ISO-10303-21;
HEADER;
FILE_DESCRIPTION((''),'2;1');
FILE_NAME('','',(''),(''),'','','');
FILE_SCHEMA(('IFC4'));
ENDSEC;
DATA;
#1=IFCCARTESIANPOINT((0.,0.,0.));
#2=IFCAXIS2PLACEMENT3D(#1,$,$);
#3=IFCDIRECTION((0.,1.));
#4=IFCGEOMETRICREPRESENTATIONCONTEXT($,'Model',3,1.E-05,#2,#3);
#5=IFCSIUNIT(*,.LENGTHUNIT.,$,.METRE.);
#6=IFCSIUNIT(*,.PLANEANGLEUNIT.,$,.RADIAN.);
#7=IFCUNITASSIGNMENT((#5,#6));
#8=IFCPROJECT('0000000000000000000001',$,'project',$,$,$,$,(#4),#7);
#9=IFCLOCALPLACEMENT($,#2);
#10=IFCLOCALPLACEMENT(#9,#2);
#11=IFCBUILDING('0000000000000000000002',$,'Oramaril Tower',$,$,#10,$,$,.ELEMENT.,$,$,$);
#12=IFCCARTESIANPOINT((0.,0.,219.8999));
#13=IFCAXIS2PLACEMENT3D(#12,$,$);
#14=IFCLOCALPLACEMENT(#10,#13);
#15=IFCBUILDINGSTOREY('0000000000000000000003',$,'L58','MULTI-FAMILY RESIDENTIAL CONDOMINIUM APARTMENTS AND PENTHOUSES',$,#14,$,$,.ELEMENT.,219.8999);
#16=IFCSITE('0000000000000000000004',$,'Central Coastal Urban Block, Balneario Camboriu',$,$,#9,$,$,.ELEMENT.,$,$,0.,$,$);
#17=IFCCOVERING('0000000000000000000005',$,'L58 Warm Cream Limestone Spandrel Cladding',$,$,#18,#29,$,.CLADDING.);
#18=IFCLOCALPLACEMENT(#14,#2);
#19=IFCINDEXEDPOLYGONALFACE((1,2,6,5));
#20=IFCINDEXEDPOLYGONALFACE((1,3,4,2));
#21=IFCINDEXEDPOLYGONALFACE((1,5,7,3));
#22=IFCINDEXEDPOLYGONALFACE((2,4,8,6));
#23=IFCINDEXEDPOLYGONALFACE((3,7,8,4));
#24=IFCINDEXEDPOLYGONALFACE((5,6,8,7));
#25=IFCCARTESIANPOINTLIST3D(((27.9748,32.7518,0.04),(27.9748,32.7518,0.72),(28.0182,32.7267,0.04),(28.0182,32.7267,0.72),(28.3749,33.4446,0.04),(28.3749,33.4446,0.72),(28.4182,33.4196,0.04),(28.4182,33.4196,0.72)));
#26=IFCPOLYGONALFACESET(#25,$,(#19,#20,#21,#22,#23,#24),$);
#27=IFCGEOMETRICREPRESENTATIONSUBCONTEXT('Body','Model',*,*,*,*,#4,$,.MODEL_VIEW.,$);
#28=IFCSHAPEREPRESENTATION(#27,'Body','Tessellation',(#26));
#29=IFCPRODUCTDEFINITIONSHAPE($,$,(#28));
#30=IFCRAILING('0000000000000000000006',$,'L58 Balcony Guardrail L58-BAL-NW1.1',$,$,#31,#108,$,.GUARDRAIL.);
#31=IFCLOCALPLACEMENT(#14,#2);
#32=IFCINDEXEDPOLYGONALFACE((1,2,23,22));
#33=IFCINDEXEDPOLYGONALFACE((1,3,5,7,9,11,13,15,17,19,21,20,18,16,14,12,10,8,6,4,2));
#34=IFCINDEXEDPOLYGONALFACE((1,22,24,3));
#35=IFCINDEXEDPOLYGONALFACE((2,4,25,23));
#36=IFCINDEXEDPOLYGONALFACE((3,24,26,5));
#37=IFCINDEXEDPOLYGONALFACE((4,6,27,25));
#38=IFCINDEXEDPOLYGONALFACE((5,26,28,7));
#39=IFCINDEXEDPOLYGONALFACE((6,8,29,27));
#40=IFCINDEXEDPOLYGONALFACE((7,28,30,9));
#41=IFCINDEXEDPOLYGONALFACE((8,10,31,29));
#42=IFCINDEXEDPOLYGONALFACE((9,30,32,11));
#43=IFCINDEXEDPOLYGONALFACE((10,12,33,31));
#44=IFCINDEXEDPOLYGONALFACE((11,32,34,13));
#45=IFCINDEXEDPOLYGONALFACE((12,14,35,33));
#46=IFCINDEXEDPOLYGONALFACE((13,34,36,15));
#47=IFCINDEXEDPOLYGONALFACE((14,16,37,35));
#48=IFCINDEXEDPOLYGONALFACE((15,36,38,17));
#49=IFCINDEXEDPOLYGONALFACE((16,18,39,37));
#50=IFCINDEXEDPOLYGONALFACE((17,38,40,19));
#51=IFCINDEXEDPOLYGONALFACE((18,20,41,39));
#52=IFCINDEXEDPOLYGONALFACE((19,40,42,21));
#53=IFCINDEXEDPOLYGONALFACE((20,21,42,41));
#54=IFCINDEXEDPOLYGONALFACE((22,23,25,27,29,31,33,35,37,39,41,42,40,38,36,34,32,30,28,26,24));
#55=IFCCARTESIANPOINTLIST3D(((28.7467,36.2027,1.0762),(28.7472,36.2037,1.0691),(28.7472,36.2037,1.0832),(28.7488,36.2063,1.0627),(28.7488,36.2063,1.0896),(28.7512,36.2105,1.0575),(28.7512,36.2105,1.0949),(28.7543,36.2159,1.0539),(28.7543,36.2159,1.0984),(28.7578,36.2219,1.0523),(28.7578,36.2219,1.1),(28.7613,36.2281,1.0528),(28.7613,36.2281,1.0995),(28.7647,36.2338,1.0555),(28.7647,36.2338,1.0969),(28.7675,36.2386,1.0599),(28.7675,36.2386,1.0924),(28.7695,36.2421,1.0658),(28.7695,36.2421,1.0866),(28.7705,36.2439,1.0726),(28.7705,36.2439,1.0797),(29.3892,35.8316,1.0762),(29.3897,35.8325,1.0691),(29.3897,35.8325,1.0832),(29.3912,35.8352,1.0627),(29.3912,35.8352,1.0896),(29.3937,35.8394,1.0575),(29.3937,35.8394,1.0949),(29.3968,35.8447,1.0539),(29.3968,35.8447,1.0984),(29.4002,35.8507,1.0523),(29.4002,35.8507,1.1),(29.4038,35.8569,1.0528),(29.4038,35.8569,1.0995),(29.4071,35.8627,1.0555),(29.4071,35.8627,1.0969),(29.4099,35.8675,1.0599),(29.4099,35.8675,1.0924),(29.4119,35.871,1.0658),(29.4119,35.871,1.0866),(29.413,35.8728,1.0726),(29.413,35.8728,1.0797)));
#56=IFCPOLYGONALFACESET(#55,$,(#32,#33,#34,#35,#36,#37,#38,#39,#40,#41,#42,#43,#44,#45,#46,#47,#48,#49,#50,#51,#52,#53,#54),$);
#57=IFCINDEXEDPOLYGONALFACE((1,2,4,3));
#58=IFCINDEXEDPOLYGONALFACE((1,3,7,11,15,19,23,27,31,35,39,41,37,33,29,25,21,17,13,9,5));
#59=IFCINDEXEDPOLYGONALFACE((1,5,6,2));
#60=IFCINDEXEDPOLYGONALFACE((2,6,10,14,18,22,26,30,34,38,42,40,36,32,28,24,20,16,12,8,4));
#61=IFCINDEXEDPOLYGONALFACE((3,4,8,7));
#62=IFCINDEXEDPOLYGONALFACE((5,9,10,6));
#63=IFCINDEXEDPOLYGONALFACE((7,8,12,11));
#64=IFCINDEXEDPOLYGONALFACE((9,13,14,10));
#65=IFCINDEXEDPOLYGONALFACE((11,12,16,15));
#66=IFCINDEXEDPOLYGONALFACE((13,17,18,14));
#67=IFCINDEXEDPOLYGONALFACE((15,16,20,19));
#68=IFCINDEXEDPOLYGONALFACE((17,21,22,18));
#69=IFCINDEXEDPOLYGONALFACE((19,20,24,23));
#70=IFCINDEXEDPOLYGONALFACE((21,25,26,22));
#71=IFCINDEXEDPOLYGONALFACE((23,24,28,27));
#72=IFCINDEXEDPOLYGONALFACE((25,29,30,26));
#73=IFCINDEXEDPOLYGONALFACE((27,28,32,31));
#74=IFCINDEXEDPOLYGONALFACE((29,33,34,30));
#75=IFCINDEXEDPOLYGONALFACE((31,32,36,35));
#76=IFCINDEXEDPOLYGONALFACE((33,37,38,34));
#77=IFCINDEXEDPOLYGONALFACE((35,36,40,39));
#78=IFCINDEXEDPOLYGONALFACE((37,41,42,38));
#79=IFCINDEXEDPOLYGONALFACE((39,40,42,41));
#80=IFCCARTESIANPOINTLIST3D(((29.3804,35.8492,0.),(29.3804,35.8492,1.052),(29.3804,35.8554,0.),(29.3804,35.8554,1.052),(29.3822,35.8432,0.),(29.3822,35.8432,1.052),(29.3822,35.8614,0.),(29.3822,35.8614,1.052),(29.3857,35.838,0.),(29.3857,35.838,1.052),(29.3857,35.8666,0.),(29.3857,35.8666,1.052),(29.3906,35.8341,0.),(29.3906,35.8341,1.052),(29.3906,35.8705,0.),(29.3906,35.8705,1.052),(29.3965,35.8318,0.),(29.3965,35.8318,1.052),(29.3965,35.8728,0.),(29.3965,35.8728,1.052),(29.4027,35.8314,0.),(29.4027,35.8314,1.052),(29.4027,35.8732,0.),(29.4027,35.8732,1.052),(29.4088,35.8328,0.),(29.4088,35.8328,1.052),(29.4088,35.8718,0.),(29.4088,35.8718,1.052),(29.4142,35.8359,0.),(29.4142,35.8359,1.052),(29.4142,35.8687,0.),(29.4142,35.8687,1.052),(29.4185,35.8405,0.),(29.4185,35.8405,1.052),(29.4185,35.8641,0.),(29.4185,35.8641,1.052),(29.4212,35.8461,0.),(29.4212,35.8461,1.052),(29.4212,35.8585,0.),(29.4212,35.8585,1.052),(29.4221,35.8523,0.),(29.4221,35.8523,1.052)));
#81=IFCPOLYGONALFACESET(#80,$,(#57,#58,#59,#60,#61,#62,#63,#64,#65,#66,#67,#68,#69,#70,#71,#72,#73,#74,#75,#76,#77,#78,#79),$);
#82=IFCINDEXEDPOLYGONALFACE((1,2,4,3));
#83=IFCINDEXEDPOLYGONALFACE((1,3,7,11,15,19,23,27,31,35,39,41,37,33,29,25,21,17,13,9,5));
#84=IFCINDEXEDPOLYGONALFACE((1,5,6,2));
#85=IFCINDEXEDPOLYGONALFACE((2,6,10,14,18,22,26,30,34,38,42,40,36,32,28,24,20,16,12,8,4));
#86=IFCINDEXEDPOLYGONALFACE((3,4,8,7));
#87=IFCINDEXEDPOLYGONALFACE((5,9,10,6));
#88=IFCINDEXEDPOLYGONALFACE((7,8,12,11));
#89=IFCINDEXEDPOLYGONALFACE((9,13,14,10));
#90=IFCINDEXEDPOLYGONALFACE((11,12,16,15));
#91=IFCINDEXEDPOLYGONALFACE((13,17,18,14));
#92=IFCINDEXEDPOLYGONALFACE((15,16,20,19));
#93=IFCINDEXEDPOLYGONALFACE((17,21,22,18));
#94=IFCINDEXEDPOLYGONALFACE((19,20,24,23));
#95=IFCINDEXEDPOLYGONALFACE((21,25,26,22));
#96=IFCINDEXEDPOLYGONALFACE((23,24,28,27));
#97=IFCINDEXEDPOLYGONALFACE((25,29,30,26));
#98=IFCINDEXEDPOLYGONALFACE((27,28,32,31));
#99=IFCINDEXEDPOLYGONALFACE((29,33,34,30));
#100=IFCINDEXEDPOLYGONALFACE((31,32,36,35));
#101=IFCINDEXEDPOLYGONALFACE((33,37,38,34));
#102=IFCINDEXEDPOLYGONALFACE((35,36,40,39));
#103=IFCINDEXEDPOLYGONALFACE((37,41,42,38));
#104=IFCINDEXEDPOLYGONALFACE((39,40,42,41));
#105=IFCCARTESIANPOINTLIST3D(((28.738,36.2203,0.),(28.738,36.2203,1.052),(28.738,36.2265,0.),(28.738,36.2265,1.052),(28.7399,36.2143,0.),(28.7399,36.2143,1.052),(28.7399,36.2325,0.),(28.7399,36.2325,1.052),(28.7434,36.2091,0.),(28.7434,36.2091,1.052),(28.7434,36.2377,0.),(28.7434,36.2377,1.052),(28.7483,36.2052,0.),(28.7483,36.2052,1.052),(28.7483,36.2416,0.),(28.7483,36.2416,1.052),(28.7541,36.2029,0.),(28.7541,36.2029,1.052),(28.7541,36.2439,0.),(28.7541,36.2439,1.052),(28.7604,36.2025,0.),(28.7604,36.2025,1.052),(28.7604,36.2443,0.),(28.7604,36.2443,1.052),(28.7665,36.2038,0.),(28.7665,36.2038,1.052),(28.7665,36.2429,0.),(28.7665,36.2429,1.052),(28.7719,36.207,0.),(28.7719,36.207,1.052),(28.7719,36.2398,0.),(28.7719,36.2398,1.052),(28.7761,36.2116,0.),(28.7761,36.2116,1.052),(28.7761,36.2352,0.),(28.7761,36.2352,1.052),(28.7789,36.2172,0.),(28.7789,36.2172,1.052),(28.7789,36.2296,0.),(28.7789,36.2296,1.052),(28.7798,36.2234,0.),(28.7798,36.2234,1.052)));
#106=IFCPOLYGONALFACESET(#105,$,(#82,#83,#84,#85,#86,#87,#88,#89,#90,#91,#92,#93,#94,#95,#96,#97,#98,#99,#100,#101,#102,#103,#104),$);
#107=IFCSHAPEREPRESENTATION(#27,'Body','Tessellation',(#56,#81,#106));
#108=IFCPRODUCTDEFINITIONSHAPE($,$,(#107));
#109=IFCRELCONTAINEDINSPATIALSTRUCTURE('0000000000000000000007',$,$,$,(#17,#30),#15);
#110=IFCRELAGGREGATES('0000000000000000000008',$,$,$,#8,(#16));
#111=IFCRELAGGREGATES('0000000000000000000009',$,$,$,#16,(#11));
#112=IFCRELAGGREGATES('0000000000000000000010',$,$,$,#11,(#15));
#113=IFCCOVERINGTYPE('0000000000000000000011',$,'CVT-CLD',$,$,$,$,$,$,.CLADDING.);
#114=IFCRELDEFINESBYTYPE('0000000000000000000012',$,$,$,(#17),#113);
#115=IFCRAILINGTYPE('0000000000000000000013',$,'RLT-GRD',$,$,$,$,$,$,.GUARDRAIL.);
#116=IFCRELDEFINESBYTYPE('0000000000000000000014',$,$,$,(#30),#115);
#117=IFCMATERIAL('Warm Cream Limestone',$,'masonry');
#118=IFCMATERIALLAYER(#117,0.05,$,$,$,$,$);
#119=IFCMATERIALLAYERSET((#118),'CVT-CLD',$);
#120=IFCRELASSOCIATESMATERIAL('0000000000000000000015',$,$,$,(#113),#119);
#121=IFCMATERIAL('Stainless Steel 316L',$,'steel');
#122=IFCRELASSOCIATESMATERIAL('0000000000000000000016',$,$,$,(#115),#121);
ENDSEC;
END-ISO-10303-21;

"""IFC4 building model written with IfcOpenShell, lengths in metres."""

from ifc_helpers import new_model, si_unit, direction, frame, origin, origin_2d, place, context, subcontext, project, spatial, rectangle, circle, extrude, material, layer, layer_set, type_object, element, save


model = new_model("IFC4")

# Units and contexts
model_context = context("Model", 3, precision=1e-05, world=origin(), true_north=direction((0.0, 1.0)))
body_context = subcontext(model_context, "Body", "Model", "MODEL_VIEW")
ifc_project = project(units=[si_unit("LENGTHUNIT", "METRE"), si_unit("PLANEANGLEUNIT", "RADIAN")], contexts=[model_context])

# Site, building, storey
site_placement = place(None, origin())
site = spatial("IfcSite", under=ifc_project, at=site_placement, Name="Central Coastal Urban Block, Balneario Camboriu", CompositionType="ELEMENT", RefElevation=0.0)
building_placement = place(site_placement, origin())
building = spatial("IfcBuilding", under=site, at=building_placement, Name="Oramaril Tower", CompositionType="ELEMENT")
storey_placement = place(building_placement, frame((0.0, 0.0, 219.8999)))
storey = spatial("IfcBuildingStorey", under=building, at=storey_placement, Name="L58", Description="MULTI-FAMILY RESIDENTIAL CONDOMINIUM APARTMENTS AND PENTHOUSES", CompositionType="ELEMENT", Elevation=219.8999)

# Covering
ifc_material_1 = material(Name="Warm Cream Limestone", Category="masonry")
ifc_layer_1 = layer(ifc_material_1, 0.05)
ifc_layer_set_1 = layer_set([ifc_layer_1], Name="CVT-CLD")
covering_type = type_object("IfcCoveringType", Name="CVT-CLD", PredefinedType="CLADDING", material=ifc_layer_set_1)
covering_placement = place(storey_placement, frame((28.1965, 33.0857, 0.04), z_axis=(0.0, 0.0, 1.0), x_axis=(-0.499998, -0.866026, 0.0)))
element("IfcCovering", 1, at=covering_placement, inside=storey, type_object=covering_type, Name="L58 Warm Cream Limestone Spandrel Cladding", PredefinedType="CLADDING", context=body_context, shape_type="SweptSolid", body=[
    extrude(rectangle(XDim=0.8, YDim=0.05, at=origin_2d()), origin(), (0.0, 0.0, 1.0), 0.6799),
])

# Railing
ifc_material_2 = material(Name="Stainless Steel 316L", Category="steel")
railing_type = type_object("IfcRailingType", Name="RLT-GRD", PredefinedType="GUARDRAIL", material=ifc_material_2)
railing_1_placement = place(storey_placement, frame((29.4011, 35.8523, 0.0)))
element("IfcRailing", 2, at=railing_1_placement, inside=storey, type_object=railing_type, Name="L58 Balcony Guardrail L58-BAL-NW1.1", PredefinedType="GUARDRAIL", context=body_context, shape_type="SweptSolid", body=[
    extrude(circle(Radius=0.0239, at=origin_2d()), frame((0.0, 0.0, 1.0762), z_axis=(-0.865884, 0.500245, 0.0), x_axis=(-0.500245, -0.865884, 0.0)), (0.0, 0.0, 1.0), 0.7419),
    extrude(circle(Radius=0.021, at=origin_2d()), origin(), (0.0, 0.0, 1.0), 1.052),
    extrude(circle(Radius=0.021, at=origin_2d()), frame((-0.6423, 0.3711, 0.0)), (0.0, 0.0, 1.0), 1.052),
])

save(model, "model.ifc")
